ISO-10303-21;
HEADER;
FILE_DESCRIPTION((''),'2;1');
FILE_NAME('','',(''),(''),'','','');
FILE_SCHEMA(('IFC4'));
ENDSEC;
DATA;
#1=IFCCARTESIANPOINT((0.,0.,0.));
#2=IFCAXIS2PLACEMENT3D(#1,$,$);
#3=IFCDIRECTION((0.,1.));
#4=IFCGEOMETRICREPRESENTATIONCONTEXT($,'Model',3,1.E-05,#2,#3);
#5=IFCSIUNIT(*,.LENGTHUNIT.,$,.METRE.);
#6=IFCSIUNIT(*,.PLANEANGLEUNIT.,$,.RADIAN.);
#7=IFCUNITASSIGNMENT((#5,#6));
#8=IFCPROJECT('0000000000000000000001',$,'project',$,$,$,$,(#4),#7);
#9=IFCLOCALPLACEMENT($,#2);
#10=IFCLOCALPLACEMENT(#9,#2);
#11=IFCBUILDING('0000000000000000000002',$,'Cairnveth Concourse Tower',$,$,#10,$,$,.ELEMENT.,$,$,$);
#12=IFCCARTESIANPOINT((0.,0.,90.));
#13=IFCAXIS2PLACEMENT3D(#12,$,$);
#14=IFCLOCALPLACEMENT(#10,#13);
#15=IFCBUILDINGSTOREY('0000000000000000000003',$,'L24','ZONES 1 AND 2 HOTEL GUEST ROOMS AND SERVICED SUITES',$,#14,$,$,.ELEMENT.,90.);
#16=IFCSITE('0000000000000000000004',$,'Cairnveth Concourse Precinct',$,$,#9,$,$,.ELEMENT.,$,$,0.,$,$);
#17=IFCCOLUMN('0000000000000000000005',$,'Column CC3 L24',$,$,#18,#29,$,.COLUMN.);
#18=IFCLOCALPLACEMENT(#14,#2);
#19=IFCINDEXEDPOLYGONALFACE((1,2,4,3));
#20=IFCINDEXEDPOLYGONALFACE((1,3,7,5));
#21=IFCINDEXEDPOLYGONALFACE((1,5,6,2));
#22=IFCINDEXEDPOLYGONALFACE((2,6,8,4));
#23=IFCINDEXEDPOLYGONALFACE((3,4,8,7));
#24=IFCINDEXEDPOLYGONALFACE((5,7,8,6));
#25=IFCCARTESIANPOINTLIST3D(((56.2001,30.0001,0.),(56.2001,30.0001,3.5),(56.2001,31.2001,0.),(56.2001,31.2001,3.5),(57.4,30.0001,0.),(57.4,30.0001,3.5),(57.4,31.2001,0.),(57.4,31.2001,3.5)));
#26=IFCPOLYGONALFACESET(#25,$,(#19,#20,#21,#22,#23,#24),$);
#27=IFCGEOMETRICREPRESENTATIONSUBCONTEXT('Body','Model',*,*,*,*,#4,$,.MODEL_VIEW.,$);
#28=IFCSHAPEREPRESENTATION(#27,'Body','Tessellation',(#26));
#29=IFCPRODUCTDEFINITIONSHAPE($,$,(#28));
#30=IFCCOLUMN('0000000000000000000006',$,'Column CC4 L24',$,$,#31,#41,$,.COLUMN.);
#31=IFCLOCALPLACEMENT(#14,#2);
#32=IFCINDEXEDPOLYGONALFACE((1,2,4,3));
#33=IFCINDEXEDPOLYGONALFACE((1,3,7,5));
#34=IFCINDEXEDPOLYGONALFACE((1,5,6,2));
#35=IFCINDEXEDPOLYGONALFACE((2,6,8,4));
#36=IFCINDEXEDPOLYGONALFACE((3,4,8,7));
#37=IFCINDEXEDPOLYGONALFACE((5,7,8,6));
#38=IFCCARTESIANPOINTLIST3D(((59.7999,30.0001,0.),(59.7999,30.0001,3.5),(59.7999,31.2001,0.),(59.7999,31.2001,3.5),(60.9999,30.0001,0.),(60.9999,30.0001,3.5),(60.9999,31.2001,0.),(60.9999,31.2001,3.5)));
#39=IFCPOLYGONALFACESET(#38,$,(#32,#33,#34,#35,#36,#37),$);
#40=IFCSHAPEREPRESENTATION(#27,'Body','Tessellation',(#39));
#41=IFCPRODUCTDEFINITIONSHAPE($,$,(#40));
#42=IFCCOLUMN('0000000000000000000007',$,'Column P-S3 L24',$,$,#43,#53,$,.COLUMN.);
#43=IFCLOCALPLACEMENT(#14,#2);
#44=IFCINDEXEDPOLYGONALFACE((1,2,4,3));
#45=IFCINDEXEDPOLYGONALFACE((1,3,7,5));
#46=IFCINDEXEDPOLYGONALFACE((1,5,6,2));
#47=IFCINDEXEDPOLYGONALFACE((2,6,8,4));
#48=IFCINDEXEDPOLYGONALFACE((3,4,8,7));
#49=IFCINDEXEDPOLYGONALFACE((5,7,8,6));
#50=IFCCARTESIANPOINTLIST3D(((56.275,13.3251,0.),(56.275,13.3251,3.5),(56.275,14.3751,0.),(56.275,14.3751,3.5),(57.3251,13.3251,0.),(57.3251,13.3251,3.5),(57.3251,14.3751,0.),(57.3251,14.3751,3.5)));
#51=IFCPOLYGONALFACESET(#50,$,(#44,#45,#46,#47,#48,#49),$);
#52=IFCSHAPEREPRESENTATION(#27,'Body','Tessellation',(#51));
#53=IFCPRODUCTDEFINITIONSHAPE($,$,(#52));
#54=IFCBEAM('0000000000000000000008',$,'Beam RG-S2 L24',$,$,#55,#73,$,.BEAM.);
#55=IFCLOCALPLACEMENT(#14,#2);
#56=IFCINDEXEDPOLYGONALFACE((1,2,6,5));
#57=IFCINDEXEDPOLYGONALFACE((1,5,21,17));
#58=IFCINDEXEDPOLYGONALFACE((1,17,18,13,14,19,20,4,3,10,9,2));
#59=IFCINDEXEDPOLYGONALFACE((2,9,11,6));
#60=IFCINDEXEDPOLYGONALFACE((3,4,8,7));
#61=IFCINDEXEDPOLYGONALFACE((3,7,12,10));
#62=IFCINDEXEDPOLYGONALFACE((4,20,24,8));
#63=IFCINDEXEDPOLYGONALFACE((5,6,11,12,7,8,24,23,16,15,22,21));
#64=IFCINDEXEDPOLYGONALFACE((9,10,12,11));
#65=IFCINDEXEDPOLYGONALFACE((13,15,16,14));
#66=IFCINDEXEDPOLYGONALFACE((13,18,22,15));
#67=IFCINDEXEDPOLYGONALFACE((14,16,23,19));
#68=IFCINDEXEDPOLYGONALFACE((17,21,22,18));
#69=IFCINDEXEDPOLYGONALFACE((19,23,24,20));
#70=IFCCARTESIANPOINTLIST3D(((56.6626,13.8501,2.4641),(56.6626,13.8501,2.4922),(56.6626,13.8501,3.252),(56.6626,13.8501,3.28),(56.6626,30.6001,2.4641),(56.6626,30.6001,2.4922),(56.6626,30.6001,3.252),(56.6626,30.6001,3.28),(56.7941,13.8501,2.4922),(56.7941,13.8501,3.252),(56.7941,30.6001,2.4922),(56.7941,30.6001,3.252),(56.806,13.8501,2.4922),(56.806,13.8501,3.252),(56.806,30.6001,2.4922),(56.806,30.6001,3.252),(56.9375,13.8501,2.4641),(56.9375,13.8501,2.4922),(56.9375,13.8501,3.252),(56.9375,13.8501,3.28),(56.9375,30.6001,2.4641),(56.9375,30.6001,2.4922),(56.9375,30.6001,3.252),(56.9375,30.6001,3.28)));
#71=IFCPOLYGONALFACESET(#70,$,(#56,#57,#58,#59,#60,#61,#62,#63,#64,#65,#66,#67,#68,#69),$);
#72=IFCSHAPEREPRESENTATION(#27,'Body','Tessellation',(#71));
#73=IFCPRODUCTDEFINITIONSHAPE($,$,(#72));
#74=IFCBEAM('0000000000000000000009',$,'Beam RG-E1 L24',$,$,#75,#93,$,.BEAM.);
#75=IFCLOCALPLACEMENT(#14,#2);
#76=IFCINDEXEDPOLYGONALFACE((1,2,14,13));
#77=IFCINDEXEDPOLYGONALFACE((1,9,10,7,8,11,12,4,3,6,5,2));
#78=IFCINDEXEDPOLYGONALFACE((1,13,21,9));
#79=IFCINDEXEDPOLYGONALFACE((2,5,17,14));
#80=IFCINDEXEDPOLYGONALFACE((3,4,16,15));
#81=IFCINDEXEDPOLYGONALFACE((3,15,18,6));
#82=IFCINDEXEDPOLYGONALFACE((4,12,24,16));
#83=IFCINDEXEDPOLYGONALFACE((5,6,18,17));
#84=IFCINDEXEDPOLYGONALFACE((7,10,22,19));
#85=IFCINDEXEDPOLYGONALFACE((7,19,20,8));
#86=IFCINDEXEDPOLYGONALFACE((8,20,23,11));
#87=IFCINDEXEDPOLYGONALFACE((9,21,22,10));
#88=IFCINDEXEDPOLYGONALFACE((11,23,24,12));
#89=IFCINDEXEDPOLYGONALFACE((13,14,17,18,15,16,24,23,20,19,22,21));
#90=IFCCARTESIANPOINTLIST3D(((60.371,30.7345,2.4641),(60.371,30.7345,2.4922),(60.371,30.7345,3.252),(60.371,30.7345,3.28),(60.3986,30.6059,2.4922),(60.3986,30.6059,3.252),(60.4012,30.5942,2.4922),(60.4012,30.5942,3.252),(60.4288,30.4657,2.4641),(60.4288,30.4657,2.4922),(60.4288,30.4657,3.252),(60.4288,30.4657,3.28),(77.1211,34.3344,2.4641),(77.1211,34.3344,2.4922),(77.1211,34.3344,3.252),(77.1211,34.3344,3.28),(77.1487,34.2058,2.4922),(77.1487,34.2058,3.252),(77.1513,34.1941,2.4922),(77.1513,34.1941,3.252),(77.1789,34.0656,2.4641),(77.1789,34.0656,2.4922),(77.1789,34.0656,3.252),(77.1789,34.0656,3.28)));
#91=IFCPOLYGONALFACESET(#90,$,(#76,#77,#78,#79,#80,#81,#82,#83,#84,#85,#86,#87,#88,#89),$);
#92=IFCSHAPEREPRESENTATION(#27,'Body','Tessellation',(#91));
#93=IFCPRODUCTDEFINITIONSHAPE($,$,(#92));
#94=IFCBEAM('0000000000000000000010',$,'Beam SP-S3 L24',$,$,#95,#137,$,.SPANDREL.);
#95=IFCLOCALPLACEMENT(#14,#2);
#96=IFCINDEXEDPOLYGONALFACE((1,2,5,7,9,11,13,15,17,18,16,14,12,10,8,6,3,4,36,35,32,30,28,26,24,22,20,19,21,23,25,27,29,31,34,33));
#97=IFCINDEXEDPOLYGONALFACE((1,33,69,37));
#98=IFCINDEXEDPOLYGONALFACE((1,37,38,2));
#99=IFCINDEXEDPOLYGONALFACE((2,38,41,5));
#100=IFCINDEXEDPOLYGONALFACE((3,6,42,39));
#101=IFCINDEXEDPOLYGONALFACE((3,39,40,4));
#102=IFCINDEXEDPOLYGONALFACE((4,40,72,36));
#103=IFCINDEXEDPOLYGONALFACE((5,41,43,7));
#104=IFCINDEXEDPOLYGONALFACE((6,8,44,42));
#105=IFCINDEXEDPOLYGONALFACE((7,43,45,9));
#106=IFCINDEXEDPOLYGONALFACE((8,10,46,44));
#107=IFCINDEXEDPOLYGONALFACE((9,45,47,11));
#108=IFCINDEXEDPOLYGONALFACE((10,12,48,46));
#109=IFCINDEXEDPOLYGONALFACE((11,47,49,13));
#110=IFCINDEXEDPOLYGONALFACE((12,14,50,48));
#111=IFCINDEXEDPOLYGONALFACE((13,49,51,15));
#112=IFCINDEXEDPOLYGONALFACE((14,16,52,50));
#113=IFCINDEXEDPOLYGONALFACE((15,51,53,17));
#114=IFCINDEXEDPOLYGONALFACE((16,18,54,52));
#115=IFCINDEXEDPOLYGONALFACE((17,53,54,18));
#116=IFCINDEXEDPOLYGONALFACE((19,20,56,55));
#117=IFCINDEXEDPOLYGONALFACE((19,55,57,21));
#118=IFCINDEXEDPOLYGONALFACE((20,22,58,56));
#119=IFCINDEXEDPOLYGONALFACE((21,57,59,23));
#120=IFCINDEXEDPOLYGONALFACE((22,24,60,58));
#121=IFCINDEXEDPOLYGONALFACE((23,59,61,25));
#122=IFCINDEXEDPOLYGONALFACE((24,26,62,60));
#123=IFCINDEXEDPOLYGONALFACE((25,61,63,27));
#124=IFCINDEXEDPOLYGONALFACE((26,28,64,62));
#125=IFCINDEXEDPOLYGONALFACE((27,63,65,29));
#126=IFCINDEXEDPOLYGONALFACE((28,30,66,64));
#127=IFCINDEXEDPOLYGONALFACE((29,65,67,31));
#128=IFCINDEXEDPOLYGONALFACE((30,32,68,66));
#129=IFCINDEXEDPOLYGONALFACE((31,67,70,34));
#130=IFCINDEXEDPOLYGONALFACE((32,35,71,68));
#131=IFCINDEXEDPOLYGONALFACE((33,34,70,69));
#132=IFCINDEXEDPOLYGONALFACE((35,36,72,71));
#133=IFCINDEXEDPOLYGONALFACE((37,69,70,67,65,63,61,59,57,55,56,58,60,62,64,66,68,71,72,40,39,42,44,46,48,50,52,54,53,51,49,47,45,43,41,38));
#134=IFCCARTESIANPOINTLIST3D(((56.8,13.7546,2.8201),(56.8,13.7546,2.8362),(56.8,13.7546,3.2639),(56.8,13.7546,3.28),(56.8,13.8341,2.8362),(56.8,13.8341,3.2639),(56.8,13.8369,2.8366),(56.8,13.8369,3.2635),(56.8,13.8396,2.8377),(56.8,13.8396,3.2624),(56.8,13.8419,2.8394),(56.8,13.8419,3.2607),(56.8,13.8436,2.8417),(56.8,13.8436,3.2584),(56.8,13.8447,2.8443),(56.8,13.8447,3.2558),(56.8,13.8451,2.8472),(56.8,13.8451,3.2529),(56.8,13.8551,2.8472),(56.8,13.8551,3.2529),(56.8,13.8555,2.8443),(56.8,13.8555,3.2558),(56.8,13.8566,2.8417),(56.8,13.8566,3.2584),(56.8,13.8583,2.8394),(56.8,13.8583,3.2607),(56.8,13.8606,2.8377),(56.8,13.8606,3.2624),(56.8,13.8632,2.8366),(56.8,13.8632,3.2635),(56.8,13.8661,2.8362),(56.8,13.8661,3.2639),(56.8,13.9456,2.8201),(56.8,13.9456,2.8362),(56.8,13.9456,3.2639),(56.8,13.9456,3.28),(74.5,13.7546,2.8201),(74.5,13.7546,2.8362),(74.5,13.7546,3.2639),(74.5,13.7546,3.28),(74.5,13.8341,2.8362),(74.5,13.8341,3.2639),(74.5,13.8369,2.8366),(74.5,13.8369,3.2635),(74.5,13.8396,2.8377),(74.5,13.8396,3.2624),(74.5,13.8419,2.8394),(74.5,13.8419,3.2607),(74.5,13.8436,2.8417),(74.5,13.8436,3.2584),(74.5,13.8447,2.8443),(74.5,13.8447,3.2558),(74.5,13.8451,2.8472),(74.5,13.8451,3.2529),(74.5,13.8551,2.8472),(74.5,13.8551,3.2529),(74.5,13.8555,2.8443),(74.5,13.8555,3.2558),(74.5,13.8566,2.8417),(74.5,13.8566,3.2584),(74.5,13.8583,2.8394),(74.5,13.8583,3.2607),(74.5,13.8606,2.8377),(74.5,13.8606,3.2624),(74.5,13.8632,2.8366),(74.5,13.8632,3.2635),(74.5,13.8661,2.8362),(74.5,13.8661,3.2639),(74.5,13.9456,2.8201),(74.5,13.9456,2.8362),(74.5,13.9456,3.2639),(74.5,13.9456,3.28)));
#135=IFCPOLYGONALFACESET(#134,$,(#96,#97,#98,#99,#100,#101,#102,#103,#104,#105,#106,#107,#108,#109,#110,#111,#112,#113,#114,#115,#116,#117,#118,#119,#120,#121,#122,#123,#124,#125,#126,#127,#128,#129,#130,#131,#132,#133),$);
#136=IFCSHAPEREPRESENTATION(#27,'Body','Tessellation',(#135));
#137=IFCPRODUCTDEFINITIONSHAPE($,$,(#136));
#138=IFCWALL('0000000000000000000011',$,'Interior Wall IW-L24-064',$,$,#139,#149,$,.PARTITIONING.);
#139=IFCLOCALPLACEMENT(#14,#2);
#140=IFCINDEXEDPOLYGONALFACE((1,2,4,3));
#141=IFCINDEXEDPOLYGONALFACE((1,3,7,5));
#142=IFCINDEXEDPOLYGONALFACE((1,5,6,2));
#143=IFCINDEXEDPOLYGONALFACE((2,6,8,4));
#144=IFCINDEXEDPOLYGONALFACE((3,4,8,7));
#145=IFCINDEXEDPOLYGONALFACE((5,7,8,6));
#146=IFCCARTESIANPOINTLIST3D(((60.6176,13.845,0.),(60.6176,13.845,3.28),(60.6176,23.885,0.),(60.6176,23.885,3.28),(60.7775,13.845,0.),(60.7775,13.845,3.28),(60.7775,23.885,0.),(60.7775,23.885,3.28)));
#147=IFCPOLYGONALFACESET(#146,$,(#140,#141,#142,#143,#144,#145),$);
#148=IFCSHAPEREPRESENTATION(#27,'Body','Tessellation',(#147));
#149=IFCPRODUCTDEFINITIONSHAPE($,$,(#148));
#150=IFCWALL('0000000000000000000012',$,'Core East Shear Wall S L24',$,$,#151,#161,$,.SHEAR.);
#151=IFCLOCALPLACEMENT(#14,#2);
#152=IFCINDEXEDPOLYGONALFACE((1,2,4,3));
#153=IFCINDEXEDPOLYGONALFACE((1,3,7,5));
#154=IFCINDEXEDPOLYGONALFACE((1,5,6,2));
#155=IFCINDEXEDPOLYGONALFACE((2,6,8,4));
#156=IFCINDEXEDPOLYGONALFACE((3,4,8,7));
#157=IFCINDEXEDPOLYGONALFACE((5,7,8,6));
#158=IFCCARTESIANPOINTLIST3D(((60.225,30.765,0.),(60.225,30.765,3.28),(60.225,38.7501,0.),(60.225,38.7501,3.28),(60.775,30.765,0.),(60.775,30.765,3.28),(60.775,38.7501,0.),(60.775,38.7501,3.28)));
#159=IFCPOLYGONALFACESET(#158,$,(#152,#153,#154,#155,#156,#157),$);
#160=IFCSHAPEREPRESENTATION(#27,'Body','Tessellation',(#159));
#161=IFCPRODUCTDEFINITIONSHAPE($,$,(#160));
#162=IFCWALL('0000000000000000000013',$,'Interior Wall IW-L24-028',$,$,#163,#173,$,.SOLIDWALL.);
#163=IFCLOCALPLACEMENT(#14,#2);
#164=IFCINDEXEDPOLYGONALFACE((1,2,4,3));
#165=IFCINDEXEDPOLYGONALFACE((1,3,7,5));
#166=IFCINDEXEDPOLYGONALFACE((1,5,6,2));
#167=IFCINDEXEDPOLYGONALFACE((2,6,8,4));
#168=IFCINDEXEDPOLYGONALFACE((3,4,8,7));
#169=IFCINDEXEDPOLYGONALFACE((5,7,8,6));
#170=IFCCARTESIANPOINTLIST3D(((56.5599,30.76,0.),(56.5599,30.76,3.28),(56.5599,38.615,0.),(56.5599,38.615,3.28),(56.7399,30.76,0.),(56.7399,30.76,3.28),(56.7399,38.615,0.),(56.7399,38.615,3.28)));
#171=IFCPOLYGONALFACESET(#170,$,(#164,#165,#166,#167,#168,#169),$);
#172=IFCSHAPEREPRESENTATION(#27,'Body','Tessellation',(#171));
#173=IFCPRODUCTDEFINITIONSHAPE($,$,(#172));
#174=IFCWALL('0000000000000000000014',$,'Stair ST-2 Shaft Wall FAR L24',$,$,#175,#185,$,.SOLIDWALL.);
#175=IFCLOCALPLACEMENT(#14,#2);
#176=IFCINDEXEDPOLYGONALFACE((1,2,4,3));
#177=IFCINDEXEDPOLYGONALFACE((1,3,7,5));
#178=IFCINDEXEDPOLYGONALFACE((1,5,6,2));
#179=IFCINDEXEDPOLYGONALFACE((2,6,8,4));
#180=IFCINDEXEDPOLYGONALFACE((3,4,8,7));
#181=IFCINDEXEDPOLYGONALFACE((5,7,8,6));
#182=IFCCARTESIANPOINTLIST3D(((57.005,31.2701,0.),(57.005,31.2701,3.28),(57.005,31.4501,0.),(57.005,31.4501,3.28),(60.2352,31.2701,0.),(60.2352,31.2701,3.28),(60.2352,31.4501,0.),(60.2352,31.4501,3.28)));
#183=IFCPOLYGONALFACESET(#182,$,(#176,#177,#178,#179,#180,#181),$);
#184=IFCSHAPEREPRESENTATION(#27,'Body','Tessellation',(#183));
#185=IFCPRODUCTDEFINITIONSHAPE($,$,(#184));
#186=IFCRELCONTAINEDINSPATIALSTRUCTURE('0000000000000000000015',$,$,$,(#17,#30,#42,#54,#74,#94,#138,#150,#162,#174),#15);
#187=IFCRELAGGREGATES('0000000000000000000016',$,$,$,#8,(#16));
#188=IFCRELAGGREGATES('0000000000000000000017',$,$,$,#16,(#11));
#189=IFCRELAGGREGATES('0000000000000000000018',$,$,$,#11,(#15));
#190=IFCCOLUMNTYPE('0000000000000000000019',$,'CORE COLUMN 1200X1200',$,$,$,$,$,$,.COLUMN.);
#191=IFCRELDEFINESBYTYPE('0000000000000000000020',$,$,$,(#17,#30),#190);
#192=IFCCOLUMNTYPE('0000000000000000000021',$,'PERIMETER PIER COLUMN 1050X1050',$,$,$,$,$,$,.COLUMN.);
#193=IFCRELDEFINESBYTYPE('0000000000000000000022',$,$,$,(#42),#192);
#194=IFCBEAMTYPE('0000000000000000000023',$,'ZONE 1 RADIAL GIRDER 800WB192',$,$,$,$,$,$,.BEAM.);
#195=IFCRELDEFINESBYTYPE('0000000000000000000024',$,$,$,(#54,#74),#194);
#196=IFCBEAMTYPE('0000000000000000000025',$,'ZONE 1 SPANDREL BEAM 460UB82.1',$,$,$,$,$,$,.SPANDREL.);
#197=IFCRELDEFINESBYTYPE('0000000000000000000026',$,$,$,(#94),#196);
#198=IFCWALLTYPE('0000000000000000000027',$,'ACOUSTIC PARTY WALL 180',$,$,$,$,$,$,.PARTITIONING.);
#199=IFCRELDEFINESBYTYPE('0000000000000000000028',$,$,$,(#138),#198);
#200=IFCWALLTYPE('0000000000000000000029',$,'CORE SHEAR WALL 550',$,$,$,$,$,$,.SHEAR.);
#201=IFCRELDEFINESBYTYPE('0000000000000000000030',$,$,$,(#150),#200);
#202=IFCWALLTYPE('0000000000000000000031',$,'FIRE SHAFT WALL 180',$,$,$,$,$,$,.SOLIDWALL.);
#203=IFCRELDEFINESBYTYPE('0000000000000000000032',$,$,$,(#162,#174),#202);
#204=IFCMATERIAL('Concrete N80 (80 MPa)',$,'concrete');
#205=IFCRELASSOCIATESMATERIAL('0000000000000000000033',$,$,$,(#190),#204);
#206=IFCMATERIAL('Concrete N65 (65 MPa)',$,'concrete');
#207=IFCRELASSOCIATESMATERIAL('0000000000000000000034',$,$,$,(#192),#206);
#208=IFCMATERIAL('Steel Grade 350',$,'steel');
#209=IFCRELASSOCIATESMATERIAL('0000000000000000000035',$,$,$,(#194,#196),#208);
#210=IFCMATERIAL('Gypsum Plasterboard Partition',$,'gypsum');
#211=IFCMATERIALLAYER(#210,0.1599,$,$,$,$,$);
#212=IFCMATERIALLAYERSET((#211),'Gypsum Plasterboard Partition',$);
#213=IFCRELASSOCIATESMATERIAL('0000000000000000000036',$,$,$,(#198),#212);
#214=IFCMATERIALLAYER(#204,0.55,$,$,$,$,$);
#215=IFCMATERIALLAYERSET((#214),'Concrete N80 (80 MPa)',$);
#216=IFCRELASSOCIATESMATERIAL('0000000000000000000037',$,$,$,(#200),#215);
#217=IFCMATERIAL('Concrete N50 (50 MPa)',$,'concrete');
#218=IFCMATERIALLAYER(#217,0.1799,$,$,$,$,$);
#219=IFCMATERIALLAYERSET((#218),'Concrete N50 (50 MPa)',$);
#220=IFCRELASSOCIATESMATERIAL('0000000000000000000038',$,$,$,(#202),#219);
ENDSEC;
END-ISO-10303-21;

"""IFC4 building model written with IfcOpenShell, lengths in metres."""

from ifc_helpers import new_model, si_unit, direction, frame, frame_2d, origin, origin_2d, place, context, subcontext, project, spatial, rectangle, i_section, extrude, material, layer, layer_set, material_profile, profile_set, type_object, element, save


model = new_model("IFC4")

# Units and contexts
model_context = context("Model", 3, precision=1e-05, world=origin(), true_north=direction((0.0, 1.0)))
body_context = subcontext(model_context, "Body", "Model", "MODEL_VIEW")
ifc_project = project(units=[si_unit("LENGTHUNIT", "METRE"), si_unit("PLANEANGLEUNIT", "RADIAN")], contexts=[model_context])

# Site, building, storey
site_placement = place(None, origin())
site = spatial("IfcSite", under=ifc_project, at=site_placement, Name="Cairnveth Concourse Precinct", CompositionType="ELEMENT", RefElevation=0.0)
building_placement = place(site_placement, origin())
building = spatial("IfcBuilding", under=site, at=building_placement, Name="Cairnveth Concourse Tower", CompositionType="ELEMENT")
storey_placement = place(building_placement, frame((0.0, 0.0, 90.0)))
storey = spatial("IfcBuildingStorey", under=building, at=storey_placement, Name="L24", Description="ZONES 1 AND 2 HOTEL GUEST ROOMS AND SERVICED SUITES", CompositionType="ELEMENT", Elevation=90.0)

# Columns
ifc_material_1 = material(Name="Concrete N80 (80 MPa)", Category="concrete")
ifc_material_profile_1 = material_profile(ifc_material_1, rectangle(XDim=1.2, YDim=1.2, at=origin_2d()), Name="RC-COL-1200x1200")
ifc_profile_set_1 = profile_set([ifc_material_profile_1], Name="Concrete N80 (80 MPa)")
column_type_1 = type_object("IfcColumnType", Name="CORE COLUMN 1200X1200", PredefinedType="COLUMN", material=ifc_profile_set_1)
for number, where, z_axis, x_axis, name in (
    (1, (56.8, 30.6001, 0.0), (0.0, 0.0, 1.0), (1.0, 0.0, 0.0), "Column CC3 L24"),
    (2, (60.3999, 30.6001, 0.0), (0.0, 0.0, 1.0), (1.0, 0.0, 0.0), "Column CC4 L24"),
):
    element("IfcColumn", number, at=place(storey_placement, frame(where, z_axis=z_axis, x_axis=x_axis)), inside=storey, type_object=column_type_1, Name=name, PredefinedType="COLUMN", context=body_context, shape_type="SweptSolid", body=[
        extrude(rectangle(XDim=1.2, YDim=1.2, at=origin_2d()), origin(), (0.0, 0.0, 1.0), 3.5),
    ])
ifc_material_2 = material(Name="Concrete N65 (65 MPa)", Category="concrete")
ifc_material_profile_2 = material_profile(ifc_material_2, rectangle(XDim=1.05, YDim=1.05, at=origin_2d()), Name="RC-COL-1050x1050")
ifc_profile_set_2 = profile_set([ifc_material_profile_2], Name="Concrete N65 (65 MPa)")
column_type_2 = type_object("IfcColumnType", Name="PERIMETER PIER COLUMN 1050X1050", PredefinedType="COLUMN", material=ifc_profile_set_2)
column_placement = place(storey_placement, frame((56.8, 13.8501, 0.0), z_axis=(0.0, 0.0, 1.0), x_axis=(1.0, 0.0, 0.0)))
element("IfcColumn", 3, at=column_placement, inside=storey, type_object=column_type_2, Name="Column P-S3 L24", PredefinedType="COLUMN", context=body_context, shape_type="SweptSolid", body=[
    extrude(rectangle(XDim=1.05, YDim=1.05, at=origin_2d()), origin(), (0.0, 0.0, 1.0), 3.5),
])

# Beams
ifc_material_3 = material(Name="Steel Grade 350", Category="steel")
ifc_material_profile_3 = material_profile(ifc_material_3, i_section(OverallWidth=0.2749, OverallDepth=0.8159, WebThickness=0.012, FlangeThickness=0.0281, at=origin_2d()), Name="800WB192")
ifc_profile_set_3 = profile_set([ifc_material_profile_3], Name="Steel Grade 350")
beam_type_1 = type_object("IfcBeamType", Name="ZONE 1 RADIAL GIRDER 800WB192", PredefinedType="BEAM", material=ifc_profile_set_3)
beam_1_placement = place(storey_placement, frame((56.8, 13.8501, 2.8721), z_axis=(0.0, 1.0, 0.0), x_axis=(-1.0, 0.0, 0.0)))
element("IfcBeam", 4, at=beam_1_placement, inside=storey, type_object=beam_type_1, Name="Beam RG-S2 L24", PredefinedType="BEAM", context=body_context, shape_type="SweptSolid", body=[
    extrude(i_section(OverallWidth=0.2749, OverallDepth=0.8159, WebThickness=0.012, FlangeThickness=0.0281, at=origin_2d()), origin(), (0.0, 0.0, 1.0), 16.75),
])
beam_2_placement = place(storey_placement, frame((60.3999, 30.6001, 2.8721), z_axis=(0.977676, 0.210119, 0.0), x_axis=(-0.210119, 0.977676, 0.0)))
element("IfcBeam", 5, at=beam_2_placement, inside=storey, type_object=beam_type_1, Name="Beam RG-E1 L24", PredefinedType="BEAM", context=body_context, shape_type="SweptSolid", body=[
    extrude(i_section(OverallWidth=0.2749, OverallDepth=0.8159, WebThickness=0.012, FlangeThickness=0.0281, at=origin_2d()), origin(), (0.0, 0.0, 1.0), 17.1326),
])
ifc_material_profile_4 = material_profile(ifc_material_3, i_section(OverallWidth=0.1909, OverallDepth=0.46, WebThickness=0.01, FlangeThickness=0.0161, FilletRadius=0.011, at=origin_2d()), Name="460UB82.1")
ifc_profile_set_4 = profile_set([ifc_material_profile_4], Name="Steel Grade 350")
beam_type_2 = type_object("IfcBeamType", Name="ZONE 1 SPANDREL BEAM 460UB82.1", PredefinedType="SPANDREL", material=ifc_profile_set_4)
beam_3_placement = place(storey_placement, frame((56.8, 13.8501, 3.05), z_axis=(1.0, 0.0, 0.0), x_axis=(0.0, 1.0, 0.0)))
element("IfcBeam", 6, at=beam_3_placement, inside=storey, type_object=beam_type_2, Name="Beam SP-S3 L24", PredefinedType="SPANDREL", context=body_context, shape_type="SweptSolid", body=[
    extrude(i_section(OverallWidth=0.1909, OverallDepth=0.46, WebThickness=0.01, FlangeThickness=0.0161, FilletRadius=0.011, at=origin_2d()), origin(), (0.0, 0.0, 1.0), 17.7),
])

# Walls
ifc_material_4 = material(Name="Gypsum Plasterboard Partition", Category="gypsum")
ifc_layer_1 = layer(ifc_material_4, 0.1599)
ifc_layer_set_1 = layer_set([ifc_layer_1], Name="Gypsum Plasterboard Partition")
wall_type_1 = type_object("IfcWallType", Name="ACOUSTIC PARTY WALL 180", PredefinedType="PARTITIONING", material=ifc_layer_set_1)
wall_1_placement = place(storey_placement, frame((60.6975, 13.845, 0.0), z_axis=(0.0, 0.0, 1.0), x_axis=(0.0, 1.0, 0.0)))
element("IfcWall", 7, at=wall_1_placement, inside=storey, type_object=wall_type_1, Name="Interior Wall IW-L24-064", PredefinedType="PARTITIONING", context=body_context, shape_type="SweptSolid", body=[
    extrude(rectangle(XDim=10.04, YDim=0.1599, at=frame_2d((5.02, 0.0))), origin(), (0.0, 0.0, 1.0), 3.28),
])
ifc_layer_2 = layer(ifc_material_1, 0.55)
ifc_layer_set_2 = layer_set([ifc_layer_2], Name="Concrete N80 (80 MPa)")
wall_type_2 = type_object("IfcWallType", Name="CORE SHEAR WALL 550", PredefinedType="SHEAR", material=ifc_layer_set_2)
wall_2_placement = place(storey_placement, frame((60.5, 30.7649, 0.0), z_axis=(0.0, 0.0, 1.0), x_axis=(0.0, 1.0, 0.0)))
element("IfcWall", 8, at=wall_2_placement, inside=storey, type_object=wall_type_2, Name="Core East Shear Wall S L24", PredefinedType="SHEAR", context=body_context, shape_type="SweptSolid", body=[
    extrude(rectangle(XDim=7.9851, YDim=0.55, at=frame_2d((3.9927, 0.0))), origin(), (0.0, 0.0, 1.0), 3.28),
])
ifc_material_5 = material(Name="Concrete N50 (50 MPa)", Category="concrete")
ifc_layer_3 = layer(ifc_material_5, 0.1799)
ifc_layer_set_3 = layer_set([ifc_layer_3], Name="Concrete N50 (50 MPa)")
wall_type_3 = type_object("IfcWallType", Name="FIRE SHAFT WALL 180", PredefinedType="SOLIDWALL", material=ifc_layer_set_3)
wall_3_placement = place(storey_placement, frame((56.6499, 30.76, 0.0), z_axis=(0.0, 0.0, 1.0), x_axis=(0.0, 1.0, 0.0)))
element("IfcWall", 9, at=wall_3_placement, inside=storey, type_object=wall_type_3, Name="Interior Wall IW-L24-028", PredefinedType="SOLIDWALL", context=body_context, shape_type="SweptSolid", body=[
    extrude(rectangle(XDim=7.855, YDim=0.1799, at=frame_2d((3.9275, 0.0))), origin(), (0.0, 0.0, 1.0), 3.28),
])
wall_4_placement = place(storey_placement, frame((57.0049, 31.3601, 0.0), z_axis=(0.0, 0.0, 1.0), x_axis=(1.0, 0.0, 0.0)))
element("IfcWall", 10, at=wall_4_placement, inside=storey, type_object=wall_type_3, Name="Stair ST-2 Shaft Wall FAR L24", PredefinedType="SOLIDWALL", context=body_context, shape_type="SweptSolid", body=[
    extrude(rectangle(XDim=3.2302, YDim=0.1799, at=frame_2d((1.6152, 0.0))), origin(), (0.0, 0.0, 1.0), 3.28),
])

save(model, "model.ifc")
